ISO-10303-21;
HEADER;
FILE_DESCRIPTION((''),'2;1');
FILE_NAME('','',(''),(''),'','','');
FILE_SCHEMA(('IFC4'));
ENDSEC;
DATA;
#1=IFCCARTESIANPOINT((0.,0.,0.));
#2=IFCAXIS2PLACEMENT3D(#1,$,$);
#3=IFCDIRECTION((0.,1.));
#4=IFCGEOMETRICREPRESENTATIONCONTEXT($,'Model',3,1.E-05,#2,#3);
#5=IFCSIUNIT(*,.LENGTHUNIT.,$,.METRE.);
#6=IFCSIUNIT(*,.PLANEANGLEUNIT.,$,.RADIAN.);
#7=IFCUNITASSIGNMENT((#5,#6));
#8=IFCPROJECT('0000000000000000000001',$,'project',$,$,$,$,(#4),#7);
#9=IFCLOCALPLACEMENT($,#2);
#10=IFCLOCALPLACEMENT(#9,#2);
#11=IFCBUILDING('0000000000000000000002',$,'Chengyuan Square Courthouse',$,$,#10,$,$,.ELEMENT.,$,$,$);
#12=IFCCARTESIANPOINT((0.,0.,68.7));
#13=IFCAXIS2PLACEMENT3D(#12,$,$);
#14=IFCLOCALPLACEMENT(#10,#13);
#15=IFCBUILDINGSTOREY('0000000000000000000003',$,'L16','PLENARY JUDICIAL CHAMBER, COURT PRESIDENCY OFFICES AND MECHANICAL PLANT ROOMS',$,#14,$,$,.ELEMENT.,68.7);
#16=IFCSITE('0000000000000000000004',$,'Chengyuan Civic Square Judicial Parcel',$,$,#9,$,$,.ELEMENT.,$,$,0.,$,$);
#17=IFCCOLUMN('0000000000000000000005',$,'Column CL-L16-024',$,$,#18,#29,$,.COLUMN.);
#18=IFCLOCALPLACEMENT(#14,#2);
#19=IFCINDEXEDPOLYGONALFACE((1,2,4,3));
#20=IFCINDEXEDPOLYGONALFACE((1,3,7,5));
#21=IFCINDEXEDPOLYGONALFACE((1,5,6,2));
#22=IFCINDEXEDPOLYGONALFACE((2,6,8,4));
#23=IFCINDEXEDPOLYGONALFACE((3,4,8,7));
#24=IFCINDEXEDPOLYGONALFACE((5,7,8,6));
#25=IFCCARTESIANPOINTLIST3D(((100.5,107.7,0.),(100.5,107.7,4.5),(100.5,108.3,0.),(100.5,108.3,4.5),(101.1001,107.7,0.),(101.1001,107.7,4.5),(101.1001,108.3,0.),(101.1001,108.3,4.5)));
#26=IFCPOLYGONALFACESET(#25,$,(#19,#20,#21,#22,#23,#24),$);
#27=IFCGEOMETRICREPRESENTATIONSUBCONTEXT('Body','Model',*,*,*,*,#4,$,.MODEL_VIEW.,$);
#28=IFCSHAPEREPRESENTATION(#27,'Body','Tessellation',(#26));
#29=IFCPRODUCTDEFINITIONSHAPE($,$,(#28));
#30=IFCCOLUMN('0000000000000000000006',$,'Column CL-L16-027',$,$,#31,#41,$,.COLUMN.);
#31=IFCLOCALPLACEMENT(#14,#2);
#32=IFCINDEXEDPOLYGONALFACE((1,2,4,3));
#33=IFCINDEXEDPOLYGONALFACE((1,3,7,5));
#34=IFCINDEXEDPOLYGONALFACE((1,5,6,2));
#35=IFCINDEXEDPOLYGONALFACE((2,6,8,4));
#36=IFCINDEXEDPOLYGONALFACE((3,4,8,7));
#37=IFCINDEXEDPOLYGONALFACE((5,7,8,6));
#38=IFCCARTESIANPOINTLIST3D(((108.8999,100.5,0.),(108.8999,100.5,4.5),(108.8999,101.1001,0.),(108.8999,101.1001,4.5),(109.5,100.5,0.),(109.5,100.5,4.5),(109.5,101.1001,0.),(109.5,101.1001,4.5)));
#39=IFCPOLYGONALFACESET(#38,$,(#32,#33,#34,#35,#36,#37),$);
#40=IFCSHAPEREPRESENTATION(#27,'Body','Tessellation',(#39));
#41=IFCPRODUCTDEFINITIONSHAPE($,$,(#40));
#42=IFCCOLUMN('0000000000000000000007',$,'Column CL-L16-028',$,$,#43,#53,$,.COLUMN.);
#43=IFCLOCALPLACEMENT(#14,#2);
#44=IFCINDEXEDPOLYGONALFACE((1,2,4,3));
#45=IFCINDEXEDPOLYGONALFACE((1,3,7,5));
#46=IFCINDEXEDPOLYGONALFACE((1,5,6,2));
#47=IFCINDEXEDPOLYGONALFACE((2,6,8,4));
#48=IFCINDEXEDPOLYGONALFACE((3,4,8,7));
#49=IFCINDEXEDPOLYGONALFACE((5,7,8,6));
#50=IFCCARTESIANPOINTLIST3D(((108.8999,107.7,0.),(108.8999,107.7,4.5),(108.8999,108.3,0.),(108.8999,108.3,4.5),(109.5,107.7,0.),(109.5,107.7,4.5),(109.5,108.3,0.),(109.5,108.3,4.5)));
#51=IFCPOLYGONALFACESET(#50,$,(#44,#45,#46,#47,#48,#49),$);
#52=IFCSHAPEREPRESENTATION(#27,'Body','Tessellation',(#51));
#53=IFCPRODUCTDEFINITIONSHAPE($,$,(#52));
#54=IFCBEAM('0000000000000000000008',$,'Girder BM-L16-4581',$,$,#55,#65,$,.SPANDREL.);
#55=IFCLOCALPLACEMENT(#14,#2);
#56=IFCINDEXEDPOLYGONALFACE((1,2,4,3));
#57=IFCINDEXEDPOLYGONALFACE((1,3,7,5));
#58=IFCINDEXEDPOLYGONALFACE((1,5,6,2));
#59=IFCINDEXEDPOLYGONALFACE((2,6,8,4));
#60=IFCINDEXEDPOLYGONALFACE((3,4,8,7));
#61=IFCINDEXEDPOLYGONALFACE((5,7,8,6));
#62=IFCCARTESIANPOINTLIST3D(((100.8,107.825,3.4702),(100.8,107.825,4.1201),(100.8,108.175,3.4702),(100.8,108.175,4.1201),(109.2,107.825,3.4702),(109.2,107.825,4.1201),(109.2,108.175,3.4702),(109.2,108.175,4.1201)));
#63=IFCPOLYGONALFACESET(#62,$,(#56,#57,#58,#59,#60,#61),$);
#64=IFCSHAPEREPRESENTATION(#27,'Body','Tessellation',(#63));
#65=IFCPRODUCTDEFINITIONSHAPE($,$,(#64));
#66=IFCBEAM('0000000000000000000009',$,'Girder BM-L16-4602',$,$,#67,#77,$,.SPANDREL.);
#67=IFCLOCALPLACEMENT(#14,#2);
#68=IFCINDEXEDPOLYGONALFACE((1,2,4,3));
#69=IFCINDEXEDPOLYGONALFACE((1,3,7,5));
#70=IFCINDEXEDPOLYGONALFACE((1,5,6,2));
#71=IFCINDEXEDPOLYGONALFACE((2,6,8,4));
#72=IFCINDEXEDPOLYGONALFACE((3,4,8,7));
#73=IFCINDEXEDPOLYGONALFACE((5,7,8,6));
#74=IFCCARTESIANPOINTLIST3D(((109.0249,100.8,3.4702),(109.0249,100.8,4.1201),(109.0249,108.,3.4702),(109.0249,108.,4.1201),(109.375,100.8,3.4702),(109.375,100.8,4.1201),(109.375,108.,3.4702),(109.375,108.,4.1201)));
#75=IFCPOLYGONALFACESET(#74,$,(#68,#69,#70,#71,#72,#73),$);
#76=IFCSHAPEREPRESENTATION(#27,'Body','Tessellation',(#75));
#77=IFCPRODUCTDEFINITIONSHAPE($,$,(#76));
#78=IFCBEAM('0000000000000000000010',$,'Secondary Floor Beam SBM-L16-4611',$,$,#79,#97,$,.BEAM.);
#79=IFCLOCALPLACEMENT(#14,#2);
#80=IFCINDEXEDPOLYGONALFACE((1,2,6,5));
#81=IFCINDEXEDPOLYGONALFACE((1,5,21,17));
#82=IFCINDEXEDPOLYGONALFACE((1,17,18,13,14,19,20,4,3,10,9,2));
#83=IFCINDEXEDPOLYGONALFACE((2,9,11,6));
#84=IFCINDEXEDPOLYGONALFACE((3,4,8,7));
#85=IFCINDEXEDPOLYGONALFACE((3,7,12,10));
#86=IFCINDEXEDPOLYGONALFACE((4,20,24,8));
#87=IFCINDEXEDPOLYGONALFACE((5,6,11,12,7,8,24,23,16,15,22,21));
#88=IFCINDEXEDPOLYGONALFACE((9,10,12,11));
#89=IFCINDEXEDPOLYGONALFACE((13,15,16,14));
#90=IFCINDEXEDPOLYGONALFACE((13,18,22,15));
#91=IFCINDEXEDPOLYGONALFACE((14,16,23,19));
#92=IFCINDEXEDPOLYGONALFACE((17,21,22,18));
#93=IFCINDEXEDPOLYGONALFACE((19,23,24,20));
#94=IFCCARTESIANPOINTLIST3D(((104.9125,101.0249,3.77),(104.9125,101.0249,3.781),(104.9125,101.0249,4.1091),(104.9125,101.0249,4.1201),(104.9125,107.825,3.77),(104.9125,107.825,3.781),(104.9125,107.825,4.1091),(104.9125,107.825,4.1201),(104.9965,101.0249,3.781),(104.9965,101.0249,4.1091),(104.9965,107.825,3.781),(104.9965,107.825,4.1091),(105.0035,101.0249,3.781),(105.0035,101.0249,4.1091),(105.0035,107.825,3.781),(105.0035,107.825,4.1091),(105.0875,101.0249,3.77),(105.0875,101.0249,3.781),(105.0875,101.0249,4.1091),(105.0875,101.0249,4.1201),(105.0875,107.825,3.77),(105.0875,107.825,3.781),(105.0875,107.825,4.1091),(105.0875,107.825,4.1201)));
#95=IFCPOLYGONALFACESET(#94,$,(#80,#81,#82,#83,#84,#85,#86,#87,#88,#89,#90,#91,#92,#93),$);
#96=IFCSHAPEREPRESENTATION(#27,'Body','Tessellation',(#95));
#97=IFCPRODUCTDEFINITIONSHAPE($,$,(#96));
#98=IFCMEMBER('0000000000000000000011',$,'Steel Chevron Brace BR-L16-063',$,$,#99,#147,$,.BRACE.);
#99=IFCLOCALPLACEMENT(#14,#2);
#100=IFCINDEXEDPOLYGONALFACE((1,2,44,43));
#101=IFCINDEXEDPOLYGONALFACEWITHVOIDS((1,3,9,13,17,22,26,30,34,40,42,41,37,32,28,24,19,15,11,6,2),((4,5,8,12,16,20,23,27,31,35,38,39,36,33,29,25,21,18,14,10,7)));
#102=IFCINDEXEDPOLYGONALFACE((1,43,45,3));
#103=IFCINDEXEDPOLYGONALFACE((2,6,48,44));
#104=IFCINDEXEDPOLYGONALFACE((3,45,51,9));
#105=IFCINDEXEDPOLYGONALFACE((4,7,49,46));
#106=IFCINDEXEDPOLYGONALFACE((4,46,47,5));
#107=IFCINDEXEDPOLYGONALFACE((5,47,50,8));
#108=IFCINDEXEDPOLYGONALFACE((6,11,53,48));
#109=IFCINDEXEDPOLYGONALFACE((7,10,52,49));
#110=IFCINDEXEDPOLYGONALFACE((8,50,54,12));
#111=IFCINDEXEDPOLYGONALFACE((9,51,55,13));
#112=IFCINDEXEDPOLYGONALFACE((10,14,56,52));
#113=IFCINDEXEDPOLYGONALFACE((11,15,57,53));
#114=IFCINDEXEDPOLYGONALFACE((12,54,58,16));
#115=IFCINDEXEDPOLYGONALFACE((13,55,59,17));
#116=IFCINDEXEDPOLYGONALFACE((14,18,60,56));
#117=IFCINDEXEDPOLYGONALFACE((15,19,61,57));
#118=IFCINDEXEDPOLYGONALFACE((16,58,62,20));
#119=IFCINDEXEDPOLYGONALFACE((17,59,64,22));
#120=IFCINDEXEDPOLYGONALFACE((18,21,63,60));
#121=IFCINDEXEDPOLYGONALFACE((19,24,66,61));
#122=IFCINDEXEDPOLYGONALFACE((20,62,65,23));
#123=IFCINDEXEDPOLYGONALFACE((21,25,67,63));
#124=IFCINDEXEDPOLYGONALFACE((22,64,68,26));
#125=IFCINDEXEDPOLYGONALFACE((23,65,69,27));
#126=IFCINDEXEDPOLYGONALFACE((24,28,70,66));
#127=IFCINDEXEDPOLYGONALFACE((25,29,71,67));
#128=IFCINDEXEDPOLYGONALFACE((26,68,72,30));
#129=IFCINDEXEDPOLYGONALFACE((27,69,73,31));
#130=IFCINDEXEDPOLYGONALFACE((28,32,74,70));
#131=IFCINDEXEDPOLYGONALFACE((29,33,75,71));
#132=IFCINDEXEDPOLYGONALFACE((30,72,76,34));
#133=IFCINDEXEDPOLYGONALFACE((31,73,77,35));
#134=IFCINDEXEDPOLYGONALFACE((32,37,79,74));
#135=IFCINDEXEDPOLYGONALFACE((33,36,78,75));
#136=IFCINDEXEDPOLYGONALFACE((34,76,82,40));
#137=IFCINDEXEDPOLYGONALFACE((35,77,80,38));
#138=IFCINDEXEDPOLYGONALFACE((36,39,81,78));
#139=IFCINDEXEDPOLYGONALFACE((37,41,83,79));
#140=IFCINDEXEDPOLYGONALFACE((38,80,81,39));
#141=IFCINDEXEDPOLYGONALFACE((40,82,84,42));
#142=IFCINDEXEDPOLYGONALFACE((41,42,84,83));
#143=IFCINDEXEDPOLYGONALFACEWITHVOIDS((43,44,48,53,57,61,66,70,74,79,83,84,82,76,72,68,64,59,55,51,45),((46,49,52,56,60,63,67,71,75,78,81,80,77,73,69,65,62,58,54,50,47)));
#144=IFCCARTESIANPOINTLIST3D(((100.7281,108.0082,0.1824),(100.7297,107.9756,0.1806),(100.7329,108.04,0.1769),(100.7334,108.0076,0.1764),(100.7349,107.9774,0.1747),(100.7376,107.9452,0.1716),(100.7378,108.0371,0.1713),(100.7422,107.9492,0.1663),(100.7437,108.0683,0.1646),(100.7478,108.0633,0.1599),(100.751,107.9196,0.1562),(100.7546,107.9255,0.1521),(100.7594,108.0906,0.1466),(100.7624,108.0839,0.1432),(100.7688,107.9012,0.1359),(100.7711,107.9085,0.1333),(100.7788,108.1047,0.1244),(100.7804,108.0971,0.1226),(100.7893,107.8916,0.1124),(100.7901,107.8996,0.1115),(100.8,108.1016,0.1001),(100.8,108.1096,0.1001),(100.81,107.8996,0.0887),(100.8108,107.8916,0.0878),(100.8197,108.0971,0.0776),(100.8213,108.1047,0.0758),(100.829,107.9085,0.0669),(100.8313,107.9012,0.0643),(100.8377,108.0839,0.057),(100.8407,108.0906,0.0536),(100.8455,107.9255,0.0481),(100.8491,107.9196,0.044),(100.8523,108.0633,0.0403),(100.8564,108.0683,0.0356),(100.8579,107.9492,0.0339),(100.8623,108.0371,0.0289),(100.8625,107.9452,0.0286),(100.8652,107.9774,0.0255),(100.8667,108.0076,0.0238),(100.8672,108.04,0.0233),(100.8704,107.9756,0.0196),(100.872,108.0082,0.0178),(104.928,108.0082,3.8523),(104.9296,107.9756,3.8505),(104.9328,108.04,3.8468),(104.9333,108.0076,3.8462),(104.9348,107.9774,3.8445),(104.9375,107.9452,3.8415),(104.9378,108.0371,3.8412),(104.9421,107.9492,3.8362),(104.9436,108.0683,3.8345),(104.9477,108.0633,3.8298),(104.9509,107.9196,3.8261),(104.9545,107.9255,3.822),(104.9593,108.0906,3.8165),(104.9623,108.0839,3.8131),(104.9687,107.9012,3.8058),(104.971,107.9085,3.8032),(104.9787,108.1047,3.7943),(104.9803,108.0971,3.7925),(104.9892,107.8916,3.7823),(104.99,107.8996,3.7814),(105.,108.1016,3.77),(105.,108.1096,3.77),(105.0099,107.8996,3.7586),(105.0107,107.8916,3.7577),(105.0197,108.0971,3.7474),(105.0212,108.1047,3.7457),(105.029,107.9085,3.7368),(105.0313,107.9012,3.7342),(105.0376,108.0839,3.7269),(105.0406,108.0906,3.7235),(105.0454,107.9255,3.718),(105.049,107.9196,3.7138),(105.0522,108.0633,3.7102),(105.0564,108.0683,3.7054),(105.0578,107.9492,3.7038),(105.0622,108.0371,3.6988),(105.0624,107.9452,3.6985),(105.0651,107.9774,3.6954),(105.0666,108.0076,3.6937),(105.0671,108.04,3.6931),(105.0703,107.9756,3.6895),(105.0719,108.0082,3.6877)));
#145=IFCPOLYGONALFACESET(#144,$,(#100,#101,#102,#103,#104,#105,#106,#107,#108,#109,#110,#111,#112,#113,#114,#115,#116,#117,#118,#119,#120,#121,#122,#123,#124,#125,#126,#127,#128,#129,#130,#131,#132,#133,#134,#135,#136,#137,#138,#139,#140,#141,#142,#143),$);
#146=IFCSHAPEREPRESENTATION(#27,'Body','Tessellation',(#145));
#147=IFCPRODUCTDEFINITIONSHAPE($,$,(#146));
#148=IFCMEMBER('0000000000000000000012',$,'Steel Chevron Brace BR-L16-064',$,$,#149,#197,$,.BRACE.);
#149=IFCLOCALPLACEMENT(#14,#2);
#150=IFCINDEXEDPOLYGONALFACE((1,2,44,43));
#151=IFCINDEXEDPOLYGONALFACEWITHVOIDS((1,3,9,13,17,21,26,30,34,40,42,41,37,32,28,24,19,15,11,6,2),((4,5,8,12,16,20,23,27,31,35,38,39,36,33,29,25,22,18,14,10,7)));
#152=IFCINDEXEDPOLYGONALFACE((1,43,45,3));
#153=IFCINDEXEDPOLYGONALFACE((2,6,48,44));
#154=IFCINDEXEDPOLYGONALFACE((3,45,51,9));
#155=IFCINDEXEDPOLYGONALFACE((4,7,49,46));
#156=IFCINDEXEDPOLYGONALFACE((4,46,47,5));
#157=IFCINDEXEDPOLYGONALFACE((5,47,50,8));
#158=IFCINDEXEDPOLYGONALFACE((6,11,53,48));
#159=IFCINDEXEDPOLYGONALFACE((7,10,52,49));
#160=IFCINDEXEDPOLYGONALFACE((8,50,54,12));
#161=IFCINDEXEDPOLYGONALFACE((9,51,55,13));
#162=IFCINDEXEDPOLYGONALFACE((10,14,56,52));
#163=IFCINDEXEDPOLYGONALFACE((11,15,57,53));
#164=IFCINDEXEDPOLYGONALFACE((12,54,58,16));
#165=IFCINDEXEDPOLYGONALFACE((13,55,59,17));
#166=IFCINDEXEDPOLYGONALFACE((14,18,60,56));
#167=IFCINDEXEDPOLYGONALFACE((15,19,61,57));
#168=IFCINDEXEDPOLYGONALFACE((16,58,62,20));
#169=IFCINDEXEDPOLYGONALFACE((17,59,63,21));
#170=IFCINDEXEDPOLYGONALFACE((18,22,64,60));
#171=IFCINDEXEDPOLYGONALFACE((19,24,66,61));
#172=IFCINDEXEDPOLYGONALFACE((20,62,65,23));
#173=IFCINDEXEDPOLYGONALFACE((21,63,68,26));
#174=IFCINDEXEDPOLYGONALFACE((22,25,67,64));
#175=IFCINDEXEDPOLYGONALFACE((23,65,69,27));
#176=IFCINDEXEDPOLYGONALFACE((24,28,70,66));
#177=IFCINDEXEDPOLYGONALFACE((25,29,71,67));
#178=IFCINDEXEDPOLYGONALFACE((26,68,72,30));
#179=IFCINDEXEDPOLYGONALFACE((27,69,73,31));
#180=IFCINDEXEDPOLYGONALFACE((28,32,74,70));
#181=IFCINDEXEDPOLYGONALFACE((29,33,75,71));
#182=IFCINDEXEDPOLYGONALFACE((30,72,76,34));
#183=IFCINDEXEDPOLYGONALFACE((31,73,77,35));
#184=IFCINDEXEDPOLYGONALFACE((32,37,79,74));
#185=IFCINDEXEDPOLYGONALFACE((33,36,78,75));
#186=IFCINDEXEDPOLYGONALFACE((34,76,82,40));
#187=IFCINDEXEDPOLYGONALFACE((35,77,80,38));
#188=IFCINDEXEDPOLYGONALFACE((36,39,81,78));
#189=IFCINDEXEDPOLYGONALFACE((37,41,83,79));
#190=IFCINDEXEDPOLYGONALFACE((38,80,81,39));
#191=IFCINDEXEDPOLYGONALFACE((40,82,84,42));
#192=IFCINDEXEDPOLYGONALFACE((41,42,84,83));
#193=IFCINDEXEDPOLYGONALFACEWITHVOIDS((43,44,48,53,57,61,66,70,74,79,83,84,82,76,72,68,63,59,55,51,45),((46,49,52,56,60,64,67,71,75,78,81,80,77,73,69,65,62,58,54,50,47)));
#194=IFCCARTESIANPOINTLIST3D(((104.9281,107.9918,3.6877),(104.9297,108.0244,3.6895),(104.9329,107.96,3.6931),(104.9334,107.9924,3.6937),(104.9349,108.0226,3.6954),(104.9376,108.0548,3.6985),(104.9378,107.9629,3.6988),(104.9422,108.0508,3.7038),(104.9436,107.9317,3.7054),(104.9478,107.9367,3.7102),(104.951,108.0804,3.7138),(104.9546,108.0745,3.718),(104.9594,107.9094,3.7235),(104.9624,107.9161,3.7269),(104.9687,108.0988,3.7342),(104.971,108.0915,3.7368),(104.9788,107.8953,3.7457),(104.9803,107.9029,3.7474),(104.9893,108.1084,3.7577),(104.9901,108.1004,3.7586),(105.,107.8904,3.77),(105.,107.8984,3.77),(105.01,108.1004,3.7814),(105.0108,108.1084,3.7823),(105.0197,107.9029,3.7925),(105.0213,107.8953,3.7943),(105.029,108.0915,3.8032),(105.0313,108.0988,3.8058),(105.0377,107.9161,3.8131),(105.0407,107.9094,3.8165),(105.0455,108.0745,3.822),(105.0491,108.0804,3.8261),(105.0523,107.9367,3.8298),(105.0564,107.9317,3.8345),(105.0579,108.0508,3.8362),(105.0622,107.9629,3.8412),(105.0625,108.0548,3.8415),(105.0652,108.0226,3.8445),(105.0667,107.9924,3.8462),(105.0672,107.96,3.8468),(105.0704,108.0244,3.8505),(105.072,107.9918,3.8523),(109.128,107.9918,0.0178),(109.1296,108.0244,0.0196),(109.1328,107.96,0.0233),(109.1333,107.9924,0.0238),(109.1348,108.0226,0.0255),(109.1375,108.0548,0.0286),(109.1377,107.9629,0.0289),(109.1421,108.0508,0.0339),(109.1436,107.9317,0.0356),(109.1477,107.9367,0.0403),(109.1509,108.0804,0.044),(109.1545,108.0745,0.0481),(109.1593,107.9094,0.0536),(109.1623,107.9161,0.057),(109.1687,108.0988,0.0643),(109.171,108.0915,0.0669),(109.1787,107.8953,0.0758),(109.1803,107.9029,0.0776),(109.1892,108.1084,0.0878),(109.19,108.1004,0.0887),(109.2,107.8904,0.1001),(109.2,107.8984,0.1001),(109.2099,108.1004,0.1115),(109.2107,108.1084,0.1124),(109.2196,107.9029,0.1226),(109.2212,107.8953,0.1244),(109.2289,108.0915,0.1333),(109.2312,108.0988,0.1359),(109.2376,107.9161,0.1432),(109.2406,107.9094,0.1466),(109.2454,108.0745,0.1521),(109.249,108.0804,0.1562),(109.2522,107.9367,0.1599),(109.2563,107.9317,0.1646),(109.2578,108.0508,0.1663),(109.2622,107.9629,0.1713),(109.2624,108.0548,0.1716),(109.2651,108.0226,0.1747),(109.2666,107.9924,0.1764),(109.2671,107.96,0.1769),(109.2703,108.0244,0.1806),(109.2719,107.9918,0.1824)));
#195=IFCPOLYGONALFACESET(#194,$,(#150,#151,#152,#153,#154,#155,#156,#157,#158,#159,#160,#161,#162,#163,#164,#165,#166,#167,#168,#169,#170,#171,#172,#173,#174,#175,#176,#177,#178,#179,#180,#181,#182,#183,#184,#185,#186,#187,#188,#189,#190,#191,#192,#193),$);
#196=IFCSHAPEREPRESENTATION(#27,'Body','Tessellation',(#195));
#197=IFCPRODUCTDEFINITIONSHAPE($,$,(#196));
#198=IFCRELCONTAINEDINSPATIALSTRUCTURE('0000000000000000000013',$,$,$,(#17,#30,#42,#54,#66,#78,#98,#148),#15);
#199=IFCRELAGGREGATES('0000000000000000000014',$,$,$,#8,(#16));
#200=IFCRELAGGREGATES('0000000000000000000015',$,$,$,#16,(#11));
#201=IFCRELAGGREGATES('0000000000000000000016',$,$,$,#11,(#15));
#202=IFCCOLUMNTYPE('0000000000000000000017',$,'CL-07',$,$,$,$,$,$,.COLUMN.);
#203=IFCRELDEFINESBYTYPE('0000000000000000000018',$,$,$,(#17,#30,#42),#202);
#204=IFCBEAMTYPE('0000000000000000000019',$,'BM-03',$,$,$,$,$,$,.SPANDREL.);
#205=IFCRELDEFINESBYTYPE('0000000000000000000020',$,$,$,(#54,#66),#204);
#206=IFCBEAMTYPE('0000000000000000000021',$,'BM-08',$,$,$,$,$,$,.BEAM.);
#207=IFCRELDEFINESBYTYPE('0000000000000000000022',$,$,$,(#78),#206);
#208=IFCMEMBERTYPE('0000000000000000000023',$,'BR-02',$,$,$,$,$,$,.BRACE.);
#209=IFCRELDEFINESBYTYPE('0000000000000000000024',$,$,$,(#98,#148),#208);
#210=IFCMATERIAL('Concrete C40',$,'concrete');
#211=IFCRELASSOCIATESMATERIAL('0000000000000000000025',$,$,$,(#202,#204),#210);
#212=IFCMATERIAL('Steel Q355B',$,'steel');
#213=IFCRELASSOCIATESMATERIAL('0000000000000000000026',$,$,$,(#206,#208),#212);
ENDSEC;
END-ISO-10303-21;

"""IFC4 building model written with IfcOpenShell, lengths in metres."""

from ifc_helpers import new_model, si_unit, direction, frame, origin, origin_2d, place, context, subcontext, project, spatial, rectangle, hollow_circle, i_section, extrude, material, material_profile, profile_set, type_object, element, save


model = new_model("IFC4")

# Units and contexts
model_context = context("Model", 3, precision=1e-05, world=origin(), true_north=direction((0.0, 1.0)))
body_context = subcontext(model_context, "Body", "Model", "MODEL_VIEW")
ifc_project = project(units=[si_unit("LENGTHUNIT", "METRE"), si_unit("PLANEANGLEUNIT", "RADIAN")], contexts=[model_context])

# Site, building, storey
site_placement = place(None, origin())
site = spatial("IfcSite", under=ifc_project, at=site_placement, Name="Chengyuan Civic Square Judicial Parcel", CompositionType="ELEMENT", RefElevation=0.0)
building_placement = place(site_placement, origin())
building = spatial("IfcBuilding", under=site, at=building_placement, Name="Chengyuan Square Courthouse", CompositionType="ELEMENT")
storey_placement = place(building_placement, frame((0.0, 0.0, 68.7)))
storey = spatial("IfcBuildingStorey", under=building, at=storey_placement, Name="L16", Description="PLENARY JUDICIAL CHAMBER, COURT PRESIDENCY OFFICES AND MECHANICAL PLANT ROOMS", CompositionType="ELEMENT", Elevation=68.7)

# Columns
ifc_material_1 = material(Name="Concrete C40", Category="concrete")
ifc_material_profile_1 = material_profile(ifc_material_1, rectangle(XDim=0.6001, YDim=0.6001, at=origin_2d()), Name="RC-COL-600x600")
ifc_profile_set_1 = profile_set([ifc_material_profile_1], Name="Concrete C40")
column_type = type_object("IfcColumnType", Name="CL-07", PredefinedType="COLUMN", material=ifc_profile_set_1)
for number, where, z_axis, x_axis, name in (
    (1, (100.8, 108.0, 0.0), (0.0, 0.0, 1.0), (1.0, 0.0, 0.0), "Column CL-L16-024"),
    (2, (109.2, 100.8, 0.0), (0.0, 0.0, 1.0), (1.0, 0.0, 0.0), "Column CL-L16-027"),
    (3, (109.2, 108.0, 0.0), (0.0, 0.0, 1.0), (1.0, 0.0, 0.0), "Column CL-L16-028"),
):
    element("IfcColumn", number, at=place(storey_placement, frame(where, z_axis=z_axis, x_axis=x_axis)), inside=storey, type_object=column_type, Name=name, PredefinedType="COLUMN", context=body_context, shape_type="SweptSolid", body=[
        extrude(rectangle(XDim=0.6001, YDim=0.6001, at=origin_2d()), origin(), (0.0, 0.0, 1.0), 4.5),
    ])

# Beams
ifc_material_profile_2 = material_profile(ifc_material_1, rectangle(XDim=0.3501, YDim=0.6499, at=origin_2d()), Name="RC-BM-350x650")
ifc_profile_set_2 = profile_set([ifc_material_profile_2], Name="Concrete C40")
beam_type_1 = type_object("IfcBeamType", Name="BM-03", PredefinedType="SPANDREL", material=ifc_profile_set_2)
beam_1_placement = place(storey_placement, frame((100.8, 108.0, 3.7952), z_axis=(1.0, 0.0, 0.0), x_axis=(0.0, 1.0, 0.0)))
element("IfcBeam", 4, at=beam_1_placement, inside=storey, type_object=beam_type_1, Name="Girder BM-L16-4581", PredefinedType="SPANDREL", context=body_context, shape_type="SweptSolid", body=[
    extrude(rectangle(XDim=0.3501, YDim=0.6499, at=origin_2d()), origin(), (0.0, 0.0, 1.0), 8.3999),
])
beam_2_placement = place(storey_placement, frame((109.2, 100.8, 3.7952), z_axis=(0.0, 1.0, 0.0), x_axis=(-1.0, 0.0, 0.0)))
element("IfcBeam", 5, at=beam_2_placement, inside=storey, type_object=beam_type_1, Name="Girder BM-L16-4602", PredefinedType="SPANDREL", context=body_context, shape_type="SweptSolid", body=[
    extrude(rectangle(XDim=0.3501, YDim=0.6499, at=origin_2d()), origin(), (0.0, 0.0, 1.0), 7.2),
])
ifc_material_2 = material(Name="Steel Q355B", Category="steel")
ifc_material_profile_3 = material_profile(ifc_material_2, i_section(OverallWidth=0.175, OverallDepth=0.3501, WebThickness=0.0071, FlangeThickness=0.011, at=origin_2d()), Name="HN 350x175x7x11")
ifc_profile_set_3 = profile_set([ifc_material_profile_3], Name="Steel Q355B")
beam_type_2 = type_object("IfcBeamType", Name="BM-08", PredefinedType="BEAM", material=ifc_profile_set_3)
beam_3_placement = place(storey_placement, frame((105.0, 101.0249, 3.9451), z_axis=(0.0, 1.0, 0.0), x_axis=(-1.0, 0.0, 0.0)))
element("IfcBeam", 6, at=beam_3_placement, inside=storey, type_object=beam_type_2, Name="Secondary Floor Beam SBM-L16-4611", PredefinedType="BEAM", context=body_context, shape_type="SweptSolid", body=[
    extrude(i_section(OverallWidth=0.175, OverallDepth=0.3501, WebThickness=0.0071, FlangeThickness=0.011, at=origin_2d()), origin(), (0.0, 0.0, 1.0), 6.8),
])

# Members
ifc_material_profile_4 = material_profile(ifc_material_2, hollow_circle(Radius=0.1096, WallThickness=0.0081, at=origin_2d()), Name="CHS 219x8")
ifc_profile_set_4 = profile_set([ifc_material_profile_4], Name="Steel Q355B")
member_type = type_object("IfcMemberType", Name="BR-02", PredefinedType="BRACE", material=ifc_profile_set_4)
for number, where, z_axis, x_axis, name in (
    (7, (100.8, 108.0, 0.1001), (0.753024, 0.0, 0.657993), (0.0, 1.0, 0.0), "Steel Chevron Brace BR-L16-063"),
    (8, (109.2, 108.0, 0.1001), (-0.753024, 0.0, 0.657993), (0.0, -1.0, 0.0), "Steel Chevron Brace BR-L16-064"),
):
    element("IfcMember", number, at=place(storey_placement, frame(where, z_axis=z_axis, x_axis=x_axis)), inside=storey, type_object=member_type, Name=name, PredefinedType="BRACE", context=body_context, shape_type="SweptSolid", body=[
        extrude(hollow_circle(Radius=0.1096, WallThickness=0.0081, at=origin_2d()), origin(), (0.0, 0.0, 1.0), 5.5774),
    ])

save(model, "model.ifc")
